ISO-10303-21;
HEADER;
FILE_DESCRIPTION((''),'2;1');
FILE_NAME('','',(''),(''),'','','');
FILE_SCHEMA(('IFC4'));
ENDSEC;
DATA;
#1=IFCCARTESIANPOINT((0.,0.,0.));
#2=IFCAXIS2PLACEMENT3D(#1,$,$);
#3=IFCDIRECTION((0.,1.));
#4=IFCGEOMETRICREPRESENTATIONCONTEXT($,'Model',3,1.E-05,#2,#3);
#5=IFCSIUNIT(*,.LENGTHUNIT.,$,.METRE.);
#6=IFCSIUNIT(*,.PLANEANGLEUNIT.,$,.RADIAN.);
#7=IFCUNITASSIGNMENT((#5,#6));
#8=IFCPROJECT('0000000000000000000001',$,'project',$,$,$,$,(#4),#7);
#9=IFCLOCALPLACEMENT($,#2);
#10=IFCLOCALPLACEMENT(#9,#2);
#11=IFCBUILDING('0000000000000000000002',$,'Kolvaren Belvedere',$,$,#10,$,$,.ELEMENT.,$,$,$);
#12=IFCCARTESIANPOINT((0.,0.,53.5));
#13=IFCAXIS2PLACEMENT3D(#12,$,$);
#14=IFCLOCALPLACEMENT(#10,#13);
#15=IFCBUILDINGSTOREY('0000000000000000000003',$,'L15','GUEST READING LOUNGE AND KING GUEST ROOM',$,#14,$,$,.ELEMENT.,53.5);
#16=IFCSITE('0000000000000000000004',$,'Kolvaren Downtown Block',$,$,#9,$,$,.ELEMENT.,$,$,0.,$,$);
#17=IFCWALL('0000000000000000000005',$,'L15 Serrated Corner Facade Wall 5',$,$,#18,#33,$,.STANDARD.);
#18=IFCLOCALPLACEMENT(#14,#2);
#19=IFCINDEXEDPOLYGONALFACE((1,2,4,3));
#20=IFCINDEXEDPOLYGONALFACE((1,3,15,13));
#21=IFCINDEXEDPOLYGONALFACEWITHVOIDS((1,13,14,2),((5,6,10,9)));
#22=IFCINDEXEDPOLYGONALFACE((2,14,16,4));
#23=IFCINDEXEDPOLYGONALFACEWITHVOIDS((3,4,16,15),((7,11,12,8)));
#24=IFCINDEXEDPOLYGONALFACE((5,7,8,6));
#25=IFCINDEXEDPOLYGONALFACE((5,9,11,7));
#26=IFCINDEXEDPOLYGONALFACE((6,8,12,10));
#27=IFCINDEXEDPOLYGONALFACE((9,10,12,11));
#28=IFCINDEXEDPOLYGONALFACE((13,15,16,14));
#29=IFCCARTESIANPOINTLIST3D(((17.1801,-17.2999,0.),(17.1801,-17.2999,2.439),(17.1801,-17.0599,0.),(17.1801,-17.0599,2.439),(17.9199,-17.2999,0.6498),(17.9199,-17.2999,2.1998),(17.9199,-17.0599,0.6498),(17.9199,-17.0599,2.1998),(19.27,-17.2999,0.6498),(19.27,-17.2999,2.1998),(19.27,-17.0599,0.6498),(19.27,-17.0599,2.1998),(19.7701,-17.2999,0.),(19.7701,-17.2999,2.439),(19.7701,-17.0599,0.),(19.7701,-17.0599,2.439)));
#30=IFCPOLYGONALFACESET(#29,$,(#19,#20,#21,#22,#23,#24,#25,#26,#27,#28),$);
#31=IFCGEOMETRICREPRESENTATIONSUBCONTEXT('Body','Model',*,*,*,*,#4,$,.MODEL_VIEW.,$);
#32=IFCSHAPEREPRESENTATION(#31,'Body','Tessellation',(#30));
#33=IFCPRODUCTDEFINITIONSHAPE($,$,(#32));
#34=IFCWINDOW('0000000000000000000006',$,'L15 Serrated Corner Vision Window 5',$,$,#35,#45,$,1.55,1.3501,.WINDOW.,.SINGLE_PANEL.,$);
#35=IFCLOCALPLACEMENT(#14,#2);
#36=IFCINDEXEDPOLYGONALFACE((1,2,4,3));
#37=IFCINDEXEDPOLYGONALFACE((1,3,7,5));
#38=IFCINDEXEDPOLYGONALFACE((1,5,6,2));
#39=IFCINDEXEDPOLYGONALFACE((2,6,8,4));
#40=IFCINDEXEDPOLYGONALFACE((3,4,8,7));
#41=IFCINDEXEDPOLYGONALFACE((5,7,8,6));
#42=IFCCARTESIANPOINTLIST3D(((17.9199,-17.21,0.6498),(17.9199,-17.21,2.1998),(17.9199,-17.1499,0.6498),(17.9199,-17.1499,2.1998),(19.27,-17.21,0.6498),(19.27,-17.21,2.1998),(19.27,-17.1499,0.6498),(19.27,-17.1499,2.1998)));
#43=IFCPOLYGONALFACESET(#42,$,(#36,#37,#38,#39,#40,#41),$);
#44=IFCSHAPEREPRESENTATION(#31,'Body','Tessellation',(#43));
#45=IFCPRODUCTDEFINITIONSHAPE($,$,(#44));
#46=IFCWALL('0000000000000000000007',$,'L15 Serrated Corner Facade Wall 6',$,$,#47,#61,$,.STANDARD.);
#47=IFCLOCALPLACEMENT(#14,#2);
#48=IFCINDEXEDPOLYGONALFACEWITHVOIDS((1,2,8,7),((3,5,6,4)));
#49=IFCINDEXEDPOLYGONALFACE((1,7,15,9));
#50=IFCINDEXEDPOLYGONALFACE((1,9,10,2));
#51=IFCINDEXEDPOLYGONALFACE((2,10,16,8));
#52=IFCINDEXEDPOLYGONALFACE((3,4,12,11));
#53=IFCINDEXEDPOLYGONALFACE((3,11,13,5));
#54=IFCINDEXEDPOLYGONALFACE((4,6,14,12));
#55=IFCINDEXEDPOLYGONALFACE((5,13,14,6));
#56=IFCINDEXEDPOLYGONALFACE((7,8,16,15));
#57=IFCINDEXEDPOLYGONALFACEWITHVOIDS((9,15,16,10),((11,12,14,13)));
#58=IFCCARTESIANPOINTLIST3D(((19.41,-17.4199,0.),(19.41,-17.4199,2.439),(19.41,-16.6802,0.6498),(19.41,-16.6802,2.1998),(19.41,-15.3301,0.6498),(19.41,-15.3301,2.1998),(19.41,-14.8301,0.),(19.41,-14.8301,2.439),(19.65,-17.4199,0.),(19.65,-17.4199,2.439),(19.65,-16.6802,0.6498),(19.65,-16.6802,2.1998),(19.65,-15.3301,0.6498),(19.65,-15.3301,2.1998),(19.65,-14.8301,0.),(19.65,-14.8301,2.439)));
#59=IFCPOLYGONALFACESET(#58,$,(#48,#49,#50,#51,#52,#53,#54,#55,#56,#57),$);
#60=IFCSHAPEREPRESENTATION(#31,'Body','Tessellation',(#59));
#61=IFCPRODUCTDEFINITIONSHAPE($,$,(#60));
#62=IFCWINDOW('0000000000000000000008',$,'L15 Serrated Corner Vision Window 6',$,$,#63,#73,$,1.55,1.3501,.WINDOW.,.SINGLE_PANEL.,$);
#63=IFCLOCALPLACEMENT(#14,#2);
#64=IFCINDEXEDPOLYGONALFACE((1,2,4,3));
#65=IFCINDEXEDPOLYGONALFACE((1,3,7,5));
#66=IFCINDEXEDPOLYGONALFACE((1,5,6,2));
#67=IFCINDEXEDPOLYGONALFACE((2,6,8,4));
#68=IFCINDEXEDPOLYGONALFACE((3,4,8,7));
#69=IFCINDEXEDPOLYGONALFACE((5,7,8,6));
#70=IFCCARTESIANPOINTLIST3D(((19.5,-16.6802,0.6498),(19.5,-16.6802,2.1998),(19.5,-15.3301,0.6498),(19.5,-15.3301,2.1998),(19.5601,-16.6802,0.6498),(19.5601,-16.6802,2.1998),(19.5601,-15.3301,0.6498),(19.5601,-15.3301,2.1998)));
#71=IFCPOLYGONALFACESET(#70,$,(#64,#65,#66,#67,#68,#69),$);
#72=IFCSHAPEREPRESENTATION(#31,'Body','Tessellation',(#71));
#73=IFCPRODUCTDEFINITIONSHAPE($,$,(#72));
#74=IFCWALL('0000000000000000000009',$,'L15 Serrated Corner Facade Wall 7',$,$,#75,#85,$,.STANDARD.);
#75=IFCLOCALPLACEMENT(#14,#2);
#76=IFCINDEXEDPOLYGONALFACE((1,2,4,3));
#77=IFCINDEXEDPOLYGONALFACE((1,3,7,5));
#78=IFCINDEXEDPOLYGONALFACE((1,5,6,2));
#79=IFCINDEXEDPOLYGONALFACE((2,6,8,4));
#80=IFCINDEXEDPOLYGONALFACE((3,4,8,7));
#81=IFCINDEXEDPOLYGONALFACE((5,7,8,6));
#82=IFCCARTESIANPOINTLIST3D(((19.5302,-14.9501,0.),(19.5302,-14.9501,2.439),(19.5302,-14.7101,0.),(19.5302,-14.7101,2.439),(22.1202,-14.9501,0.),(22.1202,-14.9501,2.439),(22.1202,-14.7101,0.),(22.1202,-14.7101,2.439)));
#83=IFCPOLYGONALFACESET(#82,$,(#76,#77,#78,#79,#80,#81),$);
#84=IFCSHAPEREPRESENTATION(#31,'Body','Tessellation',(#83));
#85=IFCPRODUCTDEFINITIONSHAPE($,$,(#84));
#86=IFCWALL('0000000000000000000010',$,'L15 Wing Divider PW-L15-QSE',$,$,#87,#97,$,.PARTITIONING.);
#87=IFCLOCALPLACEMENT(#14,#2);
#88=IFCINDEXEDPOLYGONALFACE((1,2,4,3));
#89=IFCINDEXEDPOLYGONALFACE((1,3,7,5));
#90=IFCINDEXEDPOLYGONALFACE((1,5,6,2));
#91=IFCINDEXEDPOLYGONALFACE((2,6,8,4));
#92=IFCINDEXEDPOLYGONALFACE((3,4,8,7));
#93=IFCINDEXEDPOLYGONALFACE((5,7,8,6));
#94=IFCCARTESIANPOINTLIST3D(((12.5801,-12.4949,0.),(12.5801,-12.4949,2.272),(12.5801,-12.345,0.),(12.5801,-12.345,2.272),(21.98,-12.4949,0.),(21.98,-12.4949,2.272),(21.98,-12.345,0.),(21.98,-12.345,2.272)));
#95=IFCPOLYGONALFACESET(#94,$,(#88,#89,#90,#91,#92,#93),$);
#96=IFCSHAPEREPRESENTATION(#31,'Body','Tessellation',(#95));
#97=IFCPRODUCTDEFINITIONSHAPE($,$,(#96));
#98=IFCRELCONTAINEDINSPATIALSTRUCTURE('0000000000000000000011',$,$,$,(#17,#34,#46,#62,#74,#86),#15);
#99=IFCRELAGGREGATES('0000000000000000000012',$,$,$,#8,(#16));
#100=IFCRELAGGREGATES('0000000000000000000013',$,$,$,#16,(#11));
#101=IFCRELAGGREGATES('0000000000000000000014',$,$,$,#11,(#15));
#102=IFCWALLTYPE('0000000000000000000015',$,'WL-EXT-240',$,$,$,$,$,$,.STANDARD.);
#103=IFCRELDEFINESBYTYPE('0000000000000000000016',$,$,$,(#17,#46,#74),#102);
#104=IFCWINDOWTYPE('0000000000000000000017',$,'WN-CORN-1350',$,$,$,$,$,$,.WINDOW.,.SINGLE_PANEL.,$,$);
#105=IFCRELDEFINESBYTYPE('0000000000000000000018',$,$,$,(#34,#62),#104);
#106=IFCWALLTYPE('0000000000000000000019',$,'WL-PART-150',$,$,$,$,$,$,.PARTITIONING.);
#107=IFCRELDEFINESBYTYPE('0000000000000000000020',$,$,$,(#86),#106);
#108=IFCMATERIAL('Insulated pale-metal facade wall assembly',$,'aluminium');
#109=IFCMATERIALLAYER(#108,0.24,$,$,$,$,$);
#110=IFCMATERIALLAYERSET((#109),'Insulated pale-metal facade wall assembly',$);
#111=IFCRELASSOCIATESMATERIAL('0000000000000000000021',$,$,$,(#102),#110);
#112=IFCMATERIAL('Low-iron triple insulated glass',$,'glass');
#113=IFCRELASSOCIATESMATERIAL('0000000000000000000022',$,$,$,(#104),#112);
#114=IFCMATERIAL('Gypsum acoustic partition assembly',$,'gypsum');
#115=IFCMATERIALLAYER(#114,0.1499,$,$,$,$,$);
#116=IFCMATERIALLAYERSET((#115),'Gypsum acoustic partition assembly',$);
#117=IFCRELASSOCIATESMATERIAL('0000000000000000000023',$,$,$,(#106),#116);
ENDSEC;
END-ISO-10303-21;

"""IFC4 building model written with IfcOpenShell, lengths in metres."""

from ifc_helpers import new_model, si_unit, direction, frame, frame_2d, origin, place, context, subcontext, project, spatial, rectangle, extrude, material, layer, layer_set, type_object, element, fill, save


model = new_model("IFC4")

# Units and contexts
model_context = context("Model", 3, precision=1e-05, world=origin(), true_north=direction((0.0, 1.0)))
body_context = subcontext(model_context, "Body", "Model", "MODEL_VIEW")
ifc_project = project(units=[si_unit("LENGTHUNIT", "METRE"), si_unit("PLANEANGLEUNIT", "RADIAN")], contexts=[model_context])

# Site, building, storey
site_placement = place(None, origin())
site = spatial("IfcSite", under=ifc_project, at=site_placement, Name="Kolvaren Downtown Block", CompositionType="ELEMENT", RefElevation=0.0)
building_placement = place(site_placement, origin())
building = spatial("IfcBuilding", under=site, at=building_placement, Name="Kolvaren Belvedere", CompositionType="ELEMENT")
storey_placement = place(building_placement, frame((0.0, 0.0, 53.5)))
storey = spatial("IfcBuildingStorey", under=building, at=storey_placement, Name="L15", Description="GUEST READING LOUNGE AND KING GUEST ROOM", CompositionType="ELEMENT", Elevation=53.5)

# Shared definitions
ifc_material_1 = material(Name="Insulated pale-metal facade wall assembly", Category="aluminium")
ifc_layer_1 = layer(ifc_material_1, 0.24)
ifc_layer_set_1 = layer_set([ifc_layer_1], Name="Insulated pale-metal facade wall assembly")
wall_type_1 = type_object("IfcWallType", Name="WL-EXT-240", PredefinedType="STANDARD", material=ifc_layer_set_1)

# Walls, openings, windows
ifc_material_2 = material(Name="Low-iron triple insulated glass", Category="glass")
window_type = type_object("IfcWindowType", Name="WN-CORN-1350", PartitioningType="SINGLE_PANEL", PredefinedType="WINDOW", material=ifc_material_2)
wall_1_placement = place(storey_placement, frame((19.77, -17.1799, 0.0), z_axis=(0.0, 0.0, 1.0), x_axis=(-1.0, 0.0, 0.0)))
wall_1 = element("IfcWall", 1, at=wall_1_placement, inside=storey, type_object=wall_type_1, Name="L15 Serrated Corner Facade Wall 5", PredefinedType="STANDARD", context=body_context, shape_type="SweptSolid", body=[
    extrude(rectangle(XDim=2.5901, YDim=0.24, at=frame_2d((1.2949, 0.0))), origin(), (0.0, 0.0, 1.0), 2.439),
])
opening_1_placement = place(wall_1_placement, frame((0.5, 0.0, 0.6499)))
opening_1 = element("IfcOpeningElement", 2, at=opening_1_placement, cuts=wall_1, PredefinedType="OPENING", context=body_context, shape_type="SweptSolid", body=[
    extrude(rectangle(XDim=1.3501, YDim=1.55, at=frame_2d((0.675, 0.7749))), frame((0.0, 0.1299, 0.0), z_axis=(0.0, -1.0, 0.0), x_axis=(1.0, 0.0, 0.0)), (0.0, 0.0, 1.0), 0.26),
])
window_1_placement = place(opening_1_placement, origin())
window_1 = element("IfcWindow", 3, at=window_1_placement, inside=storey, type_object=window_type, Name="L15 Serrated Corner Vision Window 5", OverallHeight=1.55, OverallWidth=1.3501, PartitioningType="SINGLE_PANEL", PredefinedType="WINDOW", context=body_context, shape_type="SweptSolid", body=[
    extrude(rectangle(XDim=1.3501, YDim=1.55, at=frame_2d((0.675, 0.7749))), frame((0.0, 0.03, 0.0), z_axis=(0.0, -1.0, 0.0), x_axis=(1.0, 0.0, 0.0)), (0.0, 0.0, 1.0), 0.0601),
])
fill(opening_1, window_1)
wall_2_placement = place(storey_placement, frame((19.53, -14.8301, 0.0), z_axis=(0.0, 0.0, 1.0), x_axis=(0.0, -1.0, 0.0)))
wall_2 = element("IfcWall", 4, at=wall_2_placement, inside=storey, type_object=wall_type_1, Name="L15 Serrated Corner Facade Wall 6", PredefinedType="STANDARD", context=body_context, shape_type="SweptSolid", body=[
    extrude(rectangle(XDim=2.5898, YDim=0.24, at=frame_2d((1.2949, 0.0))), origin(), (0.0, 0.0, 1.0), 2.439),
])
opening_2_placement = place(wall_2_placement, frame((0.5, 0.0, 0.6499)))
opening_2 = element("IfcOpeningElement", 5, at=opening_2_placement, cuts=wall_2, PredefinedType="OPENING", context=body_context, shape_type="SweptSolid", body=[
    extrude(rectangle(XDim=1.3501, YDim=1.55, at=frame_2d((0.675, 0.7749))), frame((0.0, 0.1299, 0.0), z_axis=(0.0, -1.0, 0.0), x_axis=(1.0, 0.0, 0.0)), (0.0, 0.0, 1.0), 0.26),
])
window_2_placement = place(opening_2_placement, origin())
window_2 = element("IfcWindow", 6, at=window_2_placement, inside=storey, type_object=window_type, Name="L15 Serrated Corner Vision Window 6", OverallHeight=1.55, OverallWidth=1.3501, PartitioningType="SINGLE_PANEL", PredefinedType="WINDOW", context=body_context, shape_type="SweptSolid", body=[
    extrude(rectangle(XDim=1.3501, YDim=1.55, at=frame_2d((0.675, 0.7749))), frame((0.0, 0.03, 0.0), z_axis=(0.0, -1.0, 0.0), x_axis=(1.0, 0.0, 0.0)), (0.0, 0.0, 1.0), 0.0601),
])
fill(opening_2, window_2)

# Walls
wall_3_placement = place(storey_placement, frame((22.1201, -14.8301, 0.0), z_axis=(0.0, 0.0, 1.0), x_axis=(-1.0, 0.0, 0.0)))
element("IfcWall", 7, at=wall_3_placement, inside=storey, type_object=wall_type_1, Name="L15 Serrated Corner Facade Wall 7", PredefinedType="STANDARD", context=body_context, shape_type="SweptSolid", body=[
    extrude(rectangle(XDim=2.5901, YDim=0.24, at=frame_2d((1.2949, 0.0))), origin(), (0.0, 0.0, 1.0), 2.439),
])
ifc_material_3 = material(Name="Gypsum acoustic partition assembly", Category="gypsum")
ifc_layer_2 = layer(ifc_material_3, 0.1499)
ifc_layer_set_2 = layer_set([ifc_layer_2], Name="Gypsum acoustic partition assembly")
wall_type_2 = type_object("IfcWallType", Name="WL-PART-150", PredefinedType="PARTITIONING", material=ifc_layer_set_2)
wall_4_placement = place(storey_placement, frame((12.5801, -12.4199, 0.0), z_axis=(0.0, 0.0, 1.0), x_axis=(1.0, 0.0, 0.0)))
element("IfcWall", 8, at=wall_4_placement, inside=storey, type_object=wall_type_2, Name="L15 Wing Divider PW-L15-QSE", PredefinedType="PARTITIONING", context=body_context, shape_type="SweptSolid", body=[
    extrude(rectangle(XDim=9.3999, YDim=0.1499, at=frame_2d((4.7, 0.0))), origin(), (0.0, 0.0, 1.0), 2.272),
])

save(model, "model.ifc")
